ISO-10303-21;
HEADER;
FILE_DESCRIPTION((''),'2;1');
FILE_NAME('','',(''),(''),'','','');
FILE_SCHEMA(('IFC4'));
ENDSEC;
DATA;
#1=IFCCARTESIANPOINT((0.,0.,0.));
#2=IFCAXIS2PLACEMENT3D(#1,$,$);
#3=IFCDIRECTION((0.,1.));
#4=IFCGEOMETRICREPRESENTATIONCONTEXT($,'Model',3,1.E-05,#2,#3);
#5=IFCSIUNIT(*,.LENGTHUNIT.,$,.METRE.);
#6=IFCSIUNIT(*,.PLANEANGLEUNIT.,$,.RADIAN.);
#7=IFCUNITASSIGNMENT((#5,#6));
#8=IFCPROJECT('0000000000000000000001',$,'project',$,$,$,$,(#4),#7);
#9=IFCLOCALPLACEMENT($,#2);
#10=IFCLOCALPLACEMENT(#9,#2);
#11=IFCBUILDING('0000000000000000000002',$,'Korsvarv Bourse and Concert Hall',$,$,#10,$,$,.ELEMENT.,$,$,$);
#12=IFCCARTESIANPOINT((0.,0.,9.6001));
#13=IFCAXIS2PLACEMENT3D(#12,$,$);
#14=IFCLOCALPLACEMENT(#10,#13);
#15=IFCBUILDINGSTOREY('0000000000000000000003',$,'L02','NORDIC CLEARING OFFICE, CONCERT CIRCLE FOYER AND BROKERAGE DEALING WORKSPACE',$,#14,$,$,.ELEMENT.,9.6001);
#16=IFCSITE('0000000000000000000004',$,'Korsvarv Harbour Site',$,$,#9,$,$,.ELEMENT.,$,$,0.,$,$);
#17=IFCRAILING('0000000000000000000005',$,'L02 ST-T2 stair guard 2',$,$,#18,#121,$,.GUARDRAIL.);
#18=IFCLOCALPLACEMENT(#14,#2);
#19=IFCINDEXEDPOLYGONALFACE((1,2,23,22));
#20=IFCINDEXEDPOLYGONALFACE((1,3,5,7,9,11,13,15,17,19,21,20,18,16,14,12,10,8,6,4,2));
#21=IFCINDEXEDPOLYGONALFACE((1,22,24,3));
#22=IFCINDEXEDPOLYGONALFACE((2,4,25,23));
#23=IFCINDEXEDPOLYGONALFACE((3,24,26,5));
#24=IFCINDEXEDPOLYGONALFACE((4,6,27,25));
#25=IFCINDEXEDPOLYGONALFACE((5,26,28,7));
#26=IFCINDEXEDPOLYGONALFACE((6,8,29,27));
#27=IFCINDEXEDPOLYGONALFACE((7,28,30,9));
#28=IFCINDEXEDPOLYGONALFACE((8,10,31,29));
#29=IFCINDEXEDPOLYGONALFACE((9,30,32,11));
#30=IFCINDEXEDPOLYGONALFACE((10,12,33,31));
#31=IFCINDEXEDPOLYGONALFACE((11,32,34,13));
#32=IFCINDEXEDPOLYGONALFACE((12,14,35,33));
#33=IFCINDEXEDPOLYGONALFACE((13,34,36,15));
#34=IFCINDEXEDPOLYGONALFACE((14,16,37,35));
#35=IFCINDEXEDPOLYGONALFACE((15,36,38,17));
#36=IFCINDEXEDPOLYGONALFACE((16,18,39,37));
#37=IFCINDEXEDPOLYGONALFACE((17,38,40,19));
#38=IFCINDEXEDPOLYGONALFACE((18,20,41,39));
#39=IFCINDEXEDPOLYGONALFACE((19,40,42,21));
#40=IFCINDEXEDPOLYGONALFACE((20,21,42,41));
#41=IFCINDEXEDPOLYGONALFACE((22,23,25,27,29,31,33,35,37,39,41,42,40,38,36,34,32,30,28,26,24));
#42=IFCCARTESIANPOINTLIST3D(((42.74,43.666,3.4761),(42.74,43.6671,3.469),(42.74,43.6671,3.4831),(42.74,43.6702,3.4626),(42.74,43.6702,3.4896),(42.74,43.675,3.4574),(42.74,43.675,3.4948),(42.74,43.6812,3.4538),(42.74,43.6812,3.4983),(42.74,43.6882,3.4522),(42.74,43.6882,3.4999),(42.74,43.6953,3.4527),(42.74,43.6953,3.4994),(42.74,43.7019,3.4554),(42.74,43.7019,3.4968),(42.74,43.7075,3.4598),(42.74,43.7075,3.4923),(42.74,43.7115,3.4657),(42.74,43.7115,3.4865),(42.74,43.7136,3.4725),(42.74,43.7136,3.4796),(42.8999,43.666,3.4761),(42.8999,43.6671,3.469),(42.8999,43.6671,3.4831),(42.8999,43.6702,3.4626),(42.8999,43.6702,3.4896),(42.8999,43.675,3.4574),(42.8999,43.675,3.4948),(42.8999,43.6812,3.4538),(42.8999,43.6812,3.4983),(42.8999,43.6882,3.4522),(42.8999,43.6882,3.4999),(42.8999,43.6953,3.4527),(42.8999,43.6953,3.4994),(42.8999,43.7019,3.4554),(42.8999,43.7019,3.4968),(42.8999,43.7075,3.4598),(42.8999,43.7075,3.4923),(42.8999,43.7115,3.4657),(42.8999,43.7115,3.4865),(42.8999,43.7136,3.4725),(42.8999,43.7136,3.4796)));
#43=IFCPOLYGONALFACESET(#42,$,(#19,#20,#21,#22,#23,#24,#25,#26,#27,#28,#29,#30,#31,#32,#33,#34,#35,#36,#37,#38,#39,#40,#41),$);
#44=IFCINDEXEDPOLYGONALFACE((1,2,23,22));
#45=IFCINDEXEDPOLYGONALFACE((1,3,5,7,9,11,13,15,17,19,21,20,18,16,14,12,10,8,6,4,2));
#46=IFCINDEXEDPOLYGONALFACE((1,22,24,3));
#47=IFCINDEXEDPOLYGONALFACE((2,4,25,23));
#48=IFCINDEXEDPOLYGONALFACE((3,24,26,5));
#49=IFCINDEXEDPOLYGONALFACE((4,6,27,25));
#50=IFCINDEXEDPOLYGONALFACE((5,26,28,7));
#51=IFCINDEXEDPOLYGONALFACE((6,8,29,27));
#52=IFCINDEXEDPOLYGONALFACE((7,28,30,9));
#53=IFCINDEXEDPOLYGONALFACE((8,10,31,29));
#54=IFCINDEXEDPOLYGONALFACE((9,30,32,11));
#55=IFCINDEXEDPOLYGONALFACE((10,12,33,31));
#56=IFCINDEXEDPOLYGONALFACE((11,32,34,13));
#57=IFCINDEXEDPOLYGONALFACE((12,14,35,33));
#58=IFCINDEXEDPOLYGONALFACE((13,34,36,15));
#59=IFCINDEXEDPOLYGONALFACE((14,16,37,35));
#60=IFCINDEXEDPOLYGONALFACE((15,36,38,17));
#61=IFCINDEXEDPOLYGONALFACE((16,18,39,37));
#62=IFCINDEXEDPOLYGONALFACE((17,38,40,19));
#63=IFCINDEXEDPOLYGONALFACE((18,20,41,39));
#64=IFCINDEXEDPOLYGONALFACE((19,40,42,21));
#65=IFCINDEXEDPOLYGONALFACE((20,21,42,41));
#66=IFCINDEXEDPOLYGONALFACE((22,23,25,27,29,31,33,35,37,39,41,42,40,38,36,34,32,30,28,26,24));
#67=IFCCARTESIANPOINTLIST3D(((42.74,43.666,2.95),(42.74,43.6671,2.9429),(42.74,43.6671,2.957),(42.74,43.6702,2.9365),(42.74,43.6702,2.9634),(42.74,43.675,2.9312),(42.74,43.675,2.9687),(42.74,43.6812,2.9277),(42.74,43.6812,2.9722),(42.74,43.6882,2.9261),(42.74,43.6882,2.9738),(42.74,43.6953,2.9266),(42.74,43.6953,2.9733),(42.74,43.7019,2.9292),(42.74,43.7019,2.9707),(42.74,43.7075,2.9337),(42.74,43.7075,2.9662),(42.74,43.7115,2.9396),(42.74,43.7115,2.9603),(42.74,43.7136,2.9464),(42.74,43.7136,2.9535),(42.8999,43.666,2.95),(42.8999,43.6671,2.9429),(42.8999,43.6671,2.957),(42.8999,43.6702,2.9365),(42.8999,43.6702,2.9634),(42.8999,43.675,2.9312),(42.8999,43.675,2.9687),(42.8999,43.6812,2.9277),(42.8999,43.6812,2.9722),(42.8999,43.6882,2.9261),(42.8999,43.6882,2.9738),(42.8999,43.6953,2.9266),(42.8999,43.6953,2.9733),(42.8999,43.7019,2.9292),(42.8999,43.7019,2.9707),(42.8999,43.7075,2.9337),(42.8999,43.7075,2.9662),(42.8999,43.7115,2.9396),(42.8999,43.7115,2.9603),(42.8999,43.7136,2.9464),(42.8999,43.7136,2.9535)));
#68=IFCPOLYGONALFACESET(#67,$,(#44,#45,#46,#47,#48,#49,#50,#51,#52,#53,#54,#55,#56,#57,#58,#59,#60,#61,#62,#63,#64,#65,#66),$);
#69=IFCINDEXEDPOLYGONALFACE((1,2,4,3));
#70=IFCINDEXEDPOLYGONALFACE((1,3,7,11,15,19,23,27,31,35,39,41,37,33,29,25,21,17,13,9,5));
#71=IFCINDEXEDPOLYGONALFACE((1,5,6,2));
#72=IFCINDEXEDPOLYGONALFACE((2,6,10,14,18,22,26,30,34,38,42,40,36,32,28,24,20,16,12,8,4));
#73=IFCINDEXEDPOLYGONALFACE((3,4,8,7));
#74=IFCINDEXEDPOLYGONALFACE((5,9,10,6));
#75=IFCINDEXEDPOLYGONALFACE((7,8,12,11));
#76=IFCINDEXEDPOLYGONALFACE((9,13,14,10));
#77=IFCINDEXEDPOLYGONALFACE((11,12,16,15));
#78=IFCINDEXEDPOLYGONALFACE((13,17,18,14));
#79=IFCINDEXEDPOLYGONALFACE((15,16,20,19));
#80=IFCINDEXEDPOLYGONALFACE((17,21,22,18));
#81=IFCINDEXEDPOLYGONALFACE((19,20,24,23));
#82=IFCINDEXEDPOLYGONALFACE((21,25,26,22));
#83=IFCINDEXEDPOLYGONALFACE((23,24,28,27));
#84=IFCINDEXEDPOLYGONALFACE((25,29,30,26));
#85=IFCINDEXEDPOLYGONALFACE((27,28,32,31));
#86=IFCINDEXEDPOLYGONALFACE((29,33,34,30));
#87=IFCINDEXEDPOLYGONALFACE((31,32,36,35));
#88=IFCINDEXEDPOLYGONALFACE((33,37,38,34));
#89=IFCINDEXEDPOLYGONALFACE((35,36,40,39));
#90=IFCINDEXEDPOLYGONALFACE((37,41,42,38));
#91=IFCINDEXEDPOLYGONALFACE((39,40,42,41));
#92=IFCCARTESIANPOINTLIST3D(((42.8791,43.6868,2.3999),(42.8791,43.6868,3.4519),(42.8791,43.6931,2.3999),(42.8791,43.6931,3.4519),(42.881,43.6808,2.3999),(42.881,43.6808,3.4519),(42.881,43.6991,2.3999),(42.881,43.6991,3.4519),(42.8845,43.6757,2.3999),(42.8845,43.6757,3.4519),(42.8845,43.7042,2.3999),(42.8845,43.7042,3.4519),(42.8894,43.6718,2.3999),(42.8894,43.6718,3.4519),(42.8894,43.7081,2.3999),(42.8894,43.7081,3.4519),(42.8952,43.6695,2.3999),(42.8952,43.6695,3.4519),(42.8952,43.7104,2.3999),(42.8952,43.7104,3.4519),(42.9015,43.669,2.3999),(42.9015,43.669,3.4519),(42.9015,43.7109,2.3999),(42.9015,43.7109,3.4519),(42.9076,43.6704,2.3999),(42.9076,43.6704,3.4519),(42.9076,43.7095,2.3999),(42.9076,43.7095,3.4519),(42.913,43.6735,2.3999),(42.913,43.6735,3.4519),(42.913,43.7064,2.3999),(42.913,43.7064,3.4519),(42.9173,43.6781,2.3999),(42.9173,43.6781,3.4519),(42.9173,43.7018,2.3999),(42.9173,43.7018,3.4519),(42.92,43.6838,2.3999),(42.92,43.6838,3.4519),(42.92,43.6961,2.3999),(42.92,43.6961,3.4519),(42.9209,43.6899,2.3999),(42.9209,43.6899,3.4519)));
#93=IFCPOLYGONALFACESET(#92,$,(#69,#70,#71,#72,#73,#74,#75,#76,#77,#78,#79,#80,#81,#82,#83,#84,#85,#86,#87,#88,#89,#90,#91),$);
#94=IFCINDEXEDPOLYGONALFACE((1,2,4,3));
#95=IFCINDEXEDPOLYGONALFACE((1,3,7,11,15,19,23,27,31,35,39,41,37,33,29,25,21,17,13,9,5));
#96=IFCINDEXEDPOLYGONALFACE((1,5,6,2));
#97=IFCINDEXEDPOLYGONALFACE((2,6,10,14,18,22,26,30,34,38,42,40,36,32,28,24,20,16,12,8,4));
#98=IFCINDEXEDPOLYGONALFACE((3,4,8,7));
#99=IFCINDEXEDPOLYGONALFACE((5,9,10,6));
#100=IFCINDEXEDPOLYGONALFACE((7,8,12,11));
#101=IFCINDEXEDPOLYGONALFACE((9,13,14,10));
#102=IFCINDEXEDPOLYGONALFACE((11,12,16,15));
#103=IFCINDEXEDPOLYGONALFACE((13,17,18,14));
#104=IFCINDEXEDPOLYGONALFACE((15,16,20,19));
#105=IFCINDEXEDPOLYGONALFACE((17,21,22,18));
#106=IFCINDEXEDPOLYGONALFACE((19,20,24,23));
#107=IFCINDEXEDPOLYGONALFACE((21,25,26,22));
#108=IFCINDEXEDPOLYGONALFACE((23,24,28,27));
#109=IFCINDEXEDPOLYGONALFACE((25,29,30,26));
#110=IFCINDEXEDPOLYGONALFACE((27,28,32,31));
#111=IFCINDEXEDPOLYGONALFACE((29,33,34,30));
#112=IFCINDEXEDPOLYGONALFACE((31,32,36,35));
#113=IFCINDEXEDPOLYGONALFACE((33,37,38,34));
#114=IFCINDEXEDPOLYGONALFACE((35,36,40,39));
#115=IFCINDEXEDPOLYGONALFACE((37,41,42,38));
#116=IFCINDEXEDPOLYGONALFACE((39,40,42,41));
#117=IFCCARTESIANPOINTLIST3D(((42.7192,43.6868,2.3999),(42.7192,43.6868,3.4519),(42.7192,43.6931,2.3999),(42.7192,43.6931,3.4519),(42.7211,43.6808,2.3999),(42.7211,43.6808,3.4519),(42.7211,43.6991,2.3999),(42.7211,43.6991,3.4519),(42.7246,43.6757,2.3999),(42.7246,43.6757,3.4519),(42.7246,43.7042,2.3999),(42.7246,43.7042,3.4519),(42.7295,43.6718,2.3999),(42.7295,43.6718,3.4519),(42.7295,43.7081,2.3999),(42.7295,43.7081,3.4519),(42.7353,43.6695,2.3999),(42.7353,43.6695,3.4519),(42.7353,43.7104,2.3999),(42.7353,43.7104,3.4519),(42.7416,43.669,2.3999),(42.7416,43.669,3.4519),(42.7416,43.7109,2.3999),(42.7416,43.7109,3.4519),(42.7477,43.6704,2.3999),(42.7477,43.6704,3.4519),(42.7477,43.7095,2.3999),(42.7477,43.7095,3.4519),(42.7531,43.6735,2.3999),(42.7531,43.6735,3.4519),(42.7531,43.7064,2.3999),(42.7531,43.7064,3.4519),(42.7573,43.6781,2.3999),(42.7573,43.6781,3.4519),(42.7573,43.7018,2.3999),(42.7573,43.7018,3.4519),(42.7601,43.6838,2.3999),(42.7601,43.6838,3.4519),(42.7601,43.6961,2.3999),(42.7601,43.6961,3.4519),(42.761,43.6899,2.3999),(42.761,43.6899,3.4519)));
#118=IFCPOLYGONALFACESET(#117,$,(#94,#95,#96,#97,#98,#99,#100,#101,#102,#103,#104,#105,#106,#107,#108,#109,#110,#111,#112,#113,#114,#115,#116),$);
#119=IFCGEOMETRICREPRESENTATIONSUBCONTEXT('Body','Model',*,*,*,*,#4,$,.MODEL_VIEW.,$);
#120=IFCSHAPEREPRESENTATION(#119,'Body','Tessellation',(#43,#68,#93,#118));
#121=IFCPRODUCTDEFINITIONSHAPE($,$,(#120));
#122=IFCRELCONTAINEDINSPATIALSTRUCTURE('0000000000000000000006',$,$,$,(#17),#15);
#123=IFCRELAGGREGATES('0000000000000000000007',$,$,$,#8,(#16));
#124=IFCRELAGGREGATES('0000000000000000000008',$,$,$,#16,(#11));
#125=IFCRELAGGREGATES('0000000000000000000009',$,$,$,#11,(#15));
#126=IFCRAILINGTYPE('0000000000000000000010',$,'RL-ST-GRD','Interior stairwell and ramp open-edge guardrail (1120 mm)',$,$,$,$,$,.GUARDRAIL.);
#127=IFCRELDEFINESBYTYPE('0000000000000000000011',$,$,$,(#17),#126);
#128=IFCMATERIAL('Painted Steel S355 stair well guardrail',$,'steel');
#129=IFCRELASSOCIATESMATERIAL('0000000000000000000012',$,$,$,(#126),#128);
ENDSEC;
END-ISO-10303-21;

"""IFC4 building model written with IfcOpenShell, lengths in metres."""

from ifc_helpers import new_model, si_unit, direction, frame, origin, origin_2d, place, context, subcontext, project, spatial, circle, extrude, material, type_object, element, save


model = new_model("IFC4")

# Units and contexts
model_context = context("Model", 3, precision=1e-05, world=origin(), true_north=direction((0.0, 1.0)))
body_context = subcontext(model_context, "Body", "Model", "MODEL_VIEW")
ifc_project = project(units=[si_unit("LENGTHUNIT", "METRE"), si_unit("PLANEANGLEUNIT", "RADIAN")], contexts=[model_context])

# Site, building, storey
site_placement = place(None, origin())
site = spatial("IfcSite", under=ifc_project, at=site_placement, Name="Korsvarv Harbour Site", CompositionType="ELEMENT", RefElevation=0.0)
building_placement = place(site_placement, origin())
building = spatial("IfcBuilding", under=site, at=building_placement, Name="Korsvarv Bourse and Concert Hall", CompositionType="ELEMENT")
storey_placement = place(building_placement, frame((0.0, 0.0, 9.6001)))
storey = spatial("IfcBuildingStorey", under=building, at=storey_placement, Name="L02", Description="NORDIC CLEARING OFFICE, CONCERT CIRCLE FOYER AND BROKERAGE DEALING WORKSPACE", CompositionType="ELEMENT", Elevation=9.6001)

# Railing
ifc_material_1 = material(Name="Painted Steel S355 stair well guardrail", Category="steel")
railing_type_1 = type_object("IfcRailingType", Name="RL-ST-GRD", Description="Interior stairwell and ramp open-edge guardrail (1120 mm)", PredefinedType="GUARDRAIL", material=ifc_material_1)
railing_1_placement = place(storey_placement, frame((42.8999, 43.6899, 2.3999)))
element("IfcRailing", 1, at=railing_1_placement, inside=storey, type_object=railing_type_1, Name="L02 ST-T2 stair guard 2", PredefinedType="GUARDRAIL", context=body_context, shape_type="SweptSolid", body=[
    extrude(circle(Radius=0.0239, at=origin_2d()), frame((0.0, 0.0, 1.0762), z_axis=(-1.0, 0.0, 0.0), x_axis=(0.0, -1.0, 0.0)), (0.0, 0.0, 1.0), 0.1599),
    extrude(circle(Radius=0.0239, at=origin_2d()), frame((0.0, 0.0, 0.55), z_axis=(-1.0, 0.0, 0.0), x_axis=(0.0, -1.0, 0.0)), (0.0, 0.0, 1.0), 0.1599),
    extrude(circle(Radius=0.021, at=origin_2d()), origin(), (0.0, 0.0, 1.0), 1.052),
    extrude(circle(Radius=0.021, at=origin_2d()), frame((-0.1599, 0.0, 0.0)), (0.0, 0.0, 1.0), 1.052),
])

save(model, "model.ifc")
